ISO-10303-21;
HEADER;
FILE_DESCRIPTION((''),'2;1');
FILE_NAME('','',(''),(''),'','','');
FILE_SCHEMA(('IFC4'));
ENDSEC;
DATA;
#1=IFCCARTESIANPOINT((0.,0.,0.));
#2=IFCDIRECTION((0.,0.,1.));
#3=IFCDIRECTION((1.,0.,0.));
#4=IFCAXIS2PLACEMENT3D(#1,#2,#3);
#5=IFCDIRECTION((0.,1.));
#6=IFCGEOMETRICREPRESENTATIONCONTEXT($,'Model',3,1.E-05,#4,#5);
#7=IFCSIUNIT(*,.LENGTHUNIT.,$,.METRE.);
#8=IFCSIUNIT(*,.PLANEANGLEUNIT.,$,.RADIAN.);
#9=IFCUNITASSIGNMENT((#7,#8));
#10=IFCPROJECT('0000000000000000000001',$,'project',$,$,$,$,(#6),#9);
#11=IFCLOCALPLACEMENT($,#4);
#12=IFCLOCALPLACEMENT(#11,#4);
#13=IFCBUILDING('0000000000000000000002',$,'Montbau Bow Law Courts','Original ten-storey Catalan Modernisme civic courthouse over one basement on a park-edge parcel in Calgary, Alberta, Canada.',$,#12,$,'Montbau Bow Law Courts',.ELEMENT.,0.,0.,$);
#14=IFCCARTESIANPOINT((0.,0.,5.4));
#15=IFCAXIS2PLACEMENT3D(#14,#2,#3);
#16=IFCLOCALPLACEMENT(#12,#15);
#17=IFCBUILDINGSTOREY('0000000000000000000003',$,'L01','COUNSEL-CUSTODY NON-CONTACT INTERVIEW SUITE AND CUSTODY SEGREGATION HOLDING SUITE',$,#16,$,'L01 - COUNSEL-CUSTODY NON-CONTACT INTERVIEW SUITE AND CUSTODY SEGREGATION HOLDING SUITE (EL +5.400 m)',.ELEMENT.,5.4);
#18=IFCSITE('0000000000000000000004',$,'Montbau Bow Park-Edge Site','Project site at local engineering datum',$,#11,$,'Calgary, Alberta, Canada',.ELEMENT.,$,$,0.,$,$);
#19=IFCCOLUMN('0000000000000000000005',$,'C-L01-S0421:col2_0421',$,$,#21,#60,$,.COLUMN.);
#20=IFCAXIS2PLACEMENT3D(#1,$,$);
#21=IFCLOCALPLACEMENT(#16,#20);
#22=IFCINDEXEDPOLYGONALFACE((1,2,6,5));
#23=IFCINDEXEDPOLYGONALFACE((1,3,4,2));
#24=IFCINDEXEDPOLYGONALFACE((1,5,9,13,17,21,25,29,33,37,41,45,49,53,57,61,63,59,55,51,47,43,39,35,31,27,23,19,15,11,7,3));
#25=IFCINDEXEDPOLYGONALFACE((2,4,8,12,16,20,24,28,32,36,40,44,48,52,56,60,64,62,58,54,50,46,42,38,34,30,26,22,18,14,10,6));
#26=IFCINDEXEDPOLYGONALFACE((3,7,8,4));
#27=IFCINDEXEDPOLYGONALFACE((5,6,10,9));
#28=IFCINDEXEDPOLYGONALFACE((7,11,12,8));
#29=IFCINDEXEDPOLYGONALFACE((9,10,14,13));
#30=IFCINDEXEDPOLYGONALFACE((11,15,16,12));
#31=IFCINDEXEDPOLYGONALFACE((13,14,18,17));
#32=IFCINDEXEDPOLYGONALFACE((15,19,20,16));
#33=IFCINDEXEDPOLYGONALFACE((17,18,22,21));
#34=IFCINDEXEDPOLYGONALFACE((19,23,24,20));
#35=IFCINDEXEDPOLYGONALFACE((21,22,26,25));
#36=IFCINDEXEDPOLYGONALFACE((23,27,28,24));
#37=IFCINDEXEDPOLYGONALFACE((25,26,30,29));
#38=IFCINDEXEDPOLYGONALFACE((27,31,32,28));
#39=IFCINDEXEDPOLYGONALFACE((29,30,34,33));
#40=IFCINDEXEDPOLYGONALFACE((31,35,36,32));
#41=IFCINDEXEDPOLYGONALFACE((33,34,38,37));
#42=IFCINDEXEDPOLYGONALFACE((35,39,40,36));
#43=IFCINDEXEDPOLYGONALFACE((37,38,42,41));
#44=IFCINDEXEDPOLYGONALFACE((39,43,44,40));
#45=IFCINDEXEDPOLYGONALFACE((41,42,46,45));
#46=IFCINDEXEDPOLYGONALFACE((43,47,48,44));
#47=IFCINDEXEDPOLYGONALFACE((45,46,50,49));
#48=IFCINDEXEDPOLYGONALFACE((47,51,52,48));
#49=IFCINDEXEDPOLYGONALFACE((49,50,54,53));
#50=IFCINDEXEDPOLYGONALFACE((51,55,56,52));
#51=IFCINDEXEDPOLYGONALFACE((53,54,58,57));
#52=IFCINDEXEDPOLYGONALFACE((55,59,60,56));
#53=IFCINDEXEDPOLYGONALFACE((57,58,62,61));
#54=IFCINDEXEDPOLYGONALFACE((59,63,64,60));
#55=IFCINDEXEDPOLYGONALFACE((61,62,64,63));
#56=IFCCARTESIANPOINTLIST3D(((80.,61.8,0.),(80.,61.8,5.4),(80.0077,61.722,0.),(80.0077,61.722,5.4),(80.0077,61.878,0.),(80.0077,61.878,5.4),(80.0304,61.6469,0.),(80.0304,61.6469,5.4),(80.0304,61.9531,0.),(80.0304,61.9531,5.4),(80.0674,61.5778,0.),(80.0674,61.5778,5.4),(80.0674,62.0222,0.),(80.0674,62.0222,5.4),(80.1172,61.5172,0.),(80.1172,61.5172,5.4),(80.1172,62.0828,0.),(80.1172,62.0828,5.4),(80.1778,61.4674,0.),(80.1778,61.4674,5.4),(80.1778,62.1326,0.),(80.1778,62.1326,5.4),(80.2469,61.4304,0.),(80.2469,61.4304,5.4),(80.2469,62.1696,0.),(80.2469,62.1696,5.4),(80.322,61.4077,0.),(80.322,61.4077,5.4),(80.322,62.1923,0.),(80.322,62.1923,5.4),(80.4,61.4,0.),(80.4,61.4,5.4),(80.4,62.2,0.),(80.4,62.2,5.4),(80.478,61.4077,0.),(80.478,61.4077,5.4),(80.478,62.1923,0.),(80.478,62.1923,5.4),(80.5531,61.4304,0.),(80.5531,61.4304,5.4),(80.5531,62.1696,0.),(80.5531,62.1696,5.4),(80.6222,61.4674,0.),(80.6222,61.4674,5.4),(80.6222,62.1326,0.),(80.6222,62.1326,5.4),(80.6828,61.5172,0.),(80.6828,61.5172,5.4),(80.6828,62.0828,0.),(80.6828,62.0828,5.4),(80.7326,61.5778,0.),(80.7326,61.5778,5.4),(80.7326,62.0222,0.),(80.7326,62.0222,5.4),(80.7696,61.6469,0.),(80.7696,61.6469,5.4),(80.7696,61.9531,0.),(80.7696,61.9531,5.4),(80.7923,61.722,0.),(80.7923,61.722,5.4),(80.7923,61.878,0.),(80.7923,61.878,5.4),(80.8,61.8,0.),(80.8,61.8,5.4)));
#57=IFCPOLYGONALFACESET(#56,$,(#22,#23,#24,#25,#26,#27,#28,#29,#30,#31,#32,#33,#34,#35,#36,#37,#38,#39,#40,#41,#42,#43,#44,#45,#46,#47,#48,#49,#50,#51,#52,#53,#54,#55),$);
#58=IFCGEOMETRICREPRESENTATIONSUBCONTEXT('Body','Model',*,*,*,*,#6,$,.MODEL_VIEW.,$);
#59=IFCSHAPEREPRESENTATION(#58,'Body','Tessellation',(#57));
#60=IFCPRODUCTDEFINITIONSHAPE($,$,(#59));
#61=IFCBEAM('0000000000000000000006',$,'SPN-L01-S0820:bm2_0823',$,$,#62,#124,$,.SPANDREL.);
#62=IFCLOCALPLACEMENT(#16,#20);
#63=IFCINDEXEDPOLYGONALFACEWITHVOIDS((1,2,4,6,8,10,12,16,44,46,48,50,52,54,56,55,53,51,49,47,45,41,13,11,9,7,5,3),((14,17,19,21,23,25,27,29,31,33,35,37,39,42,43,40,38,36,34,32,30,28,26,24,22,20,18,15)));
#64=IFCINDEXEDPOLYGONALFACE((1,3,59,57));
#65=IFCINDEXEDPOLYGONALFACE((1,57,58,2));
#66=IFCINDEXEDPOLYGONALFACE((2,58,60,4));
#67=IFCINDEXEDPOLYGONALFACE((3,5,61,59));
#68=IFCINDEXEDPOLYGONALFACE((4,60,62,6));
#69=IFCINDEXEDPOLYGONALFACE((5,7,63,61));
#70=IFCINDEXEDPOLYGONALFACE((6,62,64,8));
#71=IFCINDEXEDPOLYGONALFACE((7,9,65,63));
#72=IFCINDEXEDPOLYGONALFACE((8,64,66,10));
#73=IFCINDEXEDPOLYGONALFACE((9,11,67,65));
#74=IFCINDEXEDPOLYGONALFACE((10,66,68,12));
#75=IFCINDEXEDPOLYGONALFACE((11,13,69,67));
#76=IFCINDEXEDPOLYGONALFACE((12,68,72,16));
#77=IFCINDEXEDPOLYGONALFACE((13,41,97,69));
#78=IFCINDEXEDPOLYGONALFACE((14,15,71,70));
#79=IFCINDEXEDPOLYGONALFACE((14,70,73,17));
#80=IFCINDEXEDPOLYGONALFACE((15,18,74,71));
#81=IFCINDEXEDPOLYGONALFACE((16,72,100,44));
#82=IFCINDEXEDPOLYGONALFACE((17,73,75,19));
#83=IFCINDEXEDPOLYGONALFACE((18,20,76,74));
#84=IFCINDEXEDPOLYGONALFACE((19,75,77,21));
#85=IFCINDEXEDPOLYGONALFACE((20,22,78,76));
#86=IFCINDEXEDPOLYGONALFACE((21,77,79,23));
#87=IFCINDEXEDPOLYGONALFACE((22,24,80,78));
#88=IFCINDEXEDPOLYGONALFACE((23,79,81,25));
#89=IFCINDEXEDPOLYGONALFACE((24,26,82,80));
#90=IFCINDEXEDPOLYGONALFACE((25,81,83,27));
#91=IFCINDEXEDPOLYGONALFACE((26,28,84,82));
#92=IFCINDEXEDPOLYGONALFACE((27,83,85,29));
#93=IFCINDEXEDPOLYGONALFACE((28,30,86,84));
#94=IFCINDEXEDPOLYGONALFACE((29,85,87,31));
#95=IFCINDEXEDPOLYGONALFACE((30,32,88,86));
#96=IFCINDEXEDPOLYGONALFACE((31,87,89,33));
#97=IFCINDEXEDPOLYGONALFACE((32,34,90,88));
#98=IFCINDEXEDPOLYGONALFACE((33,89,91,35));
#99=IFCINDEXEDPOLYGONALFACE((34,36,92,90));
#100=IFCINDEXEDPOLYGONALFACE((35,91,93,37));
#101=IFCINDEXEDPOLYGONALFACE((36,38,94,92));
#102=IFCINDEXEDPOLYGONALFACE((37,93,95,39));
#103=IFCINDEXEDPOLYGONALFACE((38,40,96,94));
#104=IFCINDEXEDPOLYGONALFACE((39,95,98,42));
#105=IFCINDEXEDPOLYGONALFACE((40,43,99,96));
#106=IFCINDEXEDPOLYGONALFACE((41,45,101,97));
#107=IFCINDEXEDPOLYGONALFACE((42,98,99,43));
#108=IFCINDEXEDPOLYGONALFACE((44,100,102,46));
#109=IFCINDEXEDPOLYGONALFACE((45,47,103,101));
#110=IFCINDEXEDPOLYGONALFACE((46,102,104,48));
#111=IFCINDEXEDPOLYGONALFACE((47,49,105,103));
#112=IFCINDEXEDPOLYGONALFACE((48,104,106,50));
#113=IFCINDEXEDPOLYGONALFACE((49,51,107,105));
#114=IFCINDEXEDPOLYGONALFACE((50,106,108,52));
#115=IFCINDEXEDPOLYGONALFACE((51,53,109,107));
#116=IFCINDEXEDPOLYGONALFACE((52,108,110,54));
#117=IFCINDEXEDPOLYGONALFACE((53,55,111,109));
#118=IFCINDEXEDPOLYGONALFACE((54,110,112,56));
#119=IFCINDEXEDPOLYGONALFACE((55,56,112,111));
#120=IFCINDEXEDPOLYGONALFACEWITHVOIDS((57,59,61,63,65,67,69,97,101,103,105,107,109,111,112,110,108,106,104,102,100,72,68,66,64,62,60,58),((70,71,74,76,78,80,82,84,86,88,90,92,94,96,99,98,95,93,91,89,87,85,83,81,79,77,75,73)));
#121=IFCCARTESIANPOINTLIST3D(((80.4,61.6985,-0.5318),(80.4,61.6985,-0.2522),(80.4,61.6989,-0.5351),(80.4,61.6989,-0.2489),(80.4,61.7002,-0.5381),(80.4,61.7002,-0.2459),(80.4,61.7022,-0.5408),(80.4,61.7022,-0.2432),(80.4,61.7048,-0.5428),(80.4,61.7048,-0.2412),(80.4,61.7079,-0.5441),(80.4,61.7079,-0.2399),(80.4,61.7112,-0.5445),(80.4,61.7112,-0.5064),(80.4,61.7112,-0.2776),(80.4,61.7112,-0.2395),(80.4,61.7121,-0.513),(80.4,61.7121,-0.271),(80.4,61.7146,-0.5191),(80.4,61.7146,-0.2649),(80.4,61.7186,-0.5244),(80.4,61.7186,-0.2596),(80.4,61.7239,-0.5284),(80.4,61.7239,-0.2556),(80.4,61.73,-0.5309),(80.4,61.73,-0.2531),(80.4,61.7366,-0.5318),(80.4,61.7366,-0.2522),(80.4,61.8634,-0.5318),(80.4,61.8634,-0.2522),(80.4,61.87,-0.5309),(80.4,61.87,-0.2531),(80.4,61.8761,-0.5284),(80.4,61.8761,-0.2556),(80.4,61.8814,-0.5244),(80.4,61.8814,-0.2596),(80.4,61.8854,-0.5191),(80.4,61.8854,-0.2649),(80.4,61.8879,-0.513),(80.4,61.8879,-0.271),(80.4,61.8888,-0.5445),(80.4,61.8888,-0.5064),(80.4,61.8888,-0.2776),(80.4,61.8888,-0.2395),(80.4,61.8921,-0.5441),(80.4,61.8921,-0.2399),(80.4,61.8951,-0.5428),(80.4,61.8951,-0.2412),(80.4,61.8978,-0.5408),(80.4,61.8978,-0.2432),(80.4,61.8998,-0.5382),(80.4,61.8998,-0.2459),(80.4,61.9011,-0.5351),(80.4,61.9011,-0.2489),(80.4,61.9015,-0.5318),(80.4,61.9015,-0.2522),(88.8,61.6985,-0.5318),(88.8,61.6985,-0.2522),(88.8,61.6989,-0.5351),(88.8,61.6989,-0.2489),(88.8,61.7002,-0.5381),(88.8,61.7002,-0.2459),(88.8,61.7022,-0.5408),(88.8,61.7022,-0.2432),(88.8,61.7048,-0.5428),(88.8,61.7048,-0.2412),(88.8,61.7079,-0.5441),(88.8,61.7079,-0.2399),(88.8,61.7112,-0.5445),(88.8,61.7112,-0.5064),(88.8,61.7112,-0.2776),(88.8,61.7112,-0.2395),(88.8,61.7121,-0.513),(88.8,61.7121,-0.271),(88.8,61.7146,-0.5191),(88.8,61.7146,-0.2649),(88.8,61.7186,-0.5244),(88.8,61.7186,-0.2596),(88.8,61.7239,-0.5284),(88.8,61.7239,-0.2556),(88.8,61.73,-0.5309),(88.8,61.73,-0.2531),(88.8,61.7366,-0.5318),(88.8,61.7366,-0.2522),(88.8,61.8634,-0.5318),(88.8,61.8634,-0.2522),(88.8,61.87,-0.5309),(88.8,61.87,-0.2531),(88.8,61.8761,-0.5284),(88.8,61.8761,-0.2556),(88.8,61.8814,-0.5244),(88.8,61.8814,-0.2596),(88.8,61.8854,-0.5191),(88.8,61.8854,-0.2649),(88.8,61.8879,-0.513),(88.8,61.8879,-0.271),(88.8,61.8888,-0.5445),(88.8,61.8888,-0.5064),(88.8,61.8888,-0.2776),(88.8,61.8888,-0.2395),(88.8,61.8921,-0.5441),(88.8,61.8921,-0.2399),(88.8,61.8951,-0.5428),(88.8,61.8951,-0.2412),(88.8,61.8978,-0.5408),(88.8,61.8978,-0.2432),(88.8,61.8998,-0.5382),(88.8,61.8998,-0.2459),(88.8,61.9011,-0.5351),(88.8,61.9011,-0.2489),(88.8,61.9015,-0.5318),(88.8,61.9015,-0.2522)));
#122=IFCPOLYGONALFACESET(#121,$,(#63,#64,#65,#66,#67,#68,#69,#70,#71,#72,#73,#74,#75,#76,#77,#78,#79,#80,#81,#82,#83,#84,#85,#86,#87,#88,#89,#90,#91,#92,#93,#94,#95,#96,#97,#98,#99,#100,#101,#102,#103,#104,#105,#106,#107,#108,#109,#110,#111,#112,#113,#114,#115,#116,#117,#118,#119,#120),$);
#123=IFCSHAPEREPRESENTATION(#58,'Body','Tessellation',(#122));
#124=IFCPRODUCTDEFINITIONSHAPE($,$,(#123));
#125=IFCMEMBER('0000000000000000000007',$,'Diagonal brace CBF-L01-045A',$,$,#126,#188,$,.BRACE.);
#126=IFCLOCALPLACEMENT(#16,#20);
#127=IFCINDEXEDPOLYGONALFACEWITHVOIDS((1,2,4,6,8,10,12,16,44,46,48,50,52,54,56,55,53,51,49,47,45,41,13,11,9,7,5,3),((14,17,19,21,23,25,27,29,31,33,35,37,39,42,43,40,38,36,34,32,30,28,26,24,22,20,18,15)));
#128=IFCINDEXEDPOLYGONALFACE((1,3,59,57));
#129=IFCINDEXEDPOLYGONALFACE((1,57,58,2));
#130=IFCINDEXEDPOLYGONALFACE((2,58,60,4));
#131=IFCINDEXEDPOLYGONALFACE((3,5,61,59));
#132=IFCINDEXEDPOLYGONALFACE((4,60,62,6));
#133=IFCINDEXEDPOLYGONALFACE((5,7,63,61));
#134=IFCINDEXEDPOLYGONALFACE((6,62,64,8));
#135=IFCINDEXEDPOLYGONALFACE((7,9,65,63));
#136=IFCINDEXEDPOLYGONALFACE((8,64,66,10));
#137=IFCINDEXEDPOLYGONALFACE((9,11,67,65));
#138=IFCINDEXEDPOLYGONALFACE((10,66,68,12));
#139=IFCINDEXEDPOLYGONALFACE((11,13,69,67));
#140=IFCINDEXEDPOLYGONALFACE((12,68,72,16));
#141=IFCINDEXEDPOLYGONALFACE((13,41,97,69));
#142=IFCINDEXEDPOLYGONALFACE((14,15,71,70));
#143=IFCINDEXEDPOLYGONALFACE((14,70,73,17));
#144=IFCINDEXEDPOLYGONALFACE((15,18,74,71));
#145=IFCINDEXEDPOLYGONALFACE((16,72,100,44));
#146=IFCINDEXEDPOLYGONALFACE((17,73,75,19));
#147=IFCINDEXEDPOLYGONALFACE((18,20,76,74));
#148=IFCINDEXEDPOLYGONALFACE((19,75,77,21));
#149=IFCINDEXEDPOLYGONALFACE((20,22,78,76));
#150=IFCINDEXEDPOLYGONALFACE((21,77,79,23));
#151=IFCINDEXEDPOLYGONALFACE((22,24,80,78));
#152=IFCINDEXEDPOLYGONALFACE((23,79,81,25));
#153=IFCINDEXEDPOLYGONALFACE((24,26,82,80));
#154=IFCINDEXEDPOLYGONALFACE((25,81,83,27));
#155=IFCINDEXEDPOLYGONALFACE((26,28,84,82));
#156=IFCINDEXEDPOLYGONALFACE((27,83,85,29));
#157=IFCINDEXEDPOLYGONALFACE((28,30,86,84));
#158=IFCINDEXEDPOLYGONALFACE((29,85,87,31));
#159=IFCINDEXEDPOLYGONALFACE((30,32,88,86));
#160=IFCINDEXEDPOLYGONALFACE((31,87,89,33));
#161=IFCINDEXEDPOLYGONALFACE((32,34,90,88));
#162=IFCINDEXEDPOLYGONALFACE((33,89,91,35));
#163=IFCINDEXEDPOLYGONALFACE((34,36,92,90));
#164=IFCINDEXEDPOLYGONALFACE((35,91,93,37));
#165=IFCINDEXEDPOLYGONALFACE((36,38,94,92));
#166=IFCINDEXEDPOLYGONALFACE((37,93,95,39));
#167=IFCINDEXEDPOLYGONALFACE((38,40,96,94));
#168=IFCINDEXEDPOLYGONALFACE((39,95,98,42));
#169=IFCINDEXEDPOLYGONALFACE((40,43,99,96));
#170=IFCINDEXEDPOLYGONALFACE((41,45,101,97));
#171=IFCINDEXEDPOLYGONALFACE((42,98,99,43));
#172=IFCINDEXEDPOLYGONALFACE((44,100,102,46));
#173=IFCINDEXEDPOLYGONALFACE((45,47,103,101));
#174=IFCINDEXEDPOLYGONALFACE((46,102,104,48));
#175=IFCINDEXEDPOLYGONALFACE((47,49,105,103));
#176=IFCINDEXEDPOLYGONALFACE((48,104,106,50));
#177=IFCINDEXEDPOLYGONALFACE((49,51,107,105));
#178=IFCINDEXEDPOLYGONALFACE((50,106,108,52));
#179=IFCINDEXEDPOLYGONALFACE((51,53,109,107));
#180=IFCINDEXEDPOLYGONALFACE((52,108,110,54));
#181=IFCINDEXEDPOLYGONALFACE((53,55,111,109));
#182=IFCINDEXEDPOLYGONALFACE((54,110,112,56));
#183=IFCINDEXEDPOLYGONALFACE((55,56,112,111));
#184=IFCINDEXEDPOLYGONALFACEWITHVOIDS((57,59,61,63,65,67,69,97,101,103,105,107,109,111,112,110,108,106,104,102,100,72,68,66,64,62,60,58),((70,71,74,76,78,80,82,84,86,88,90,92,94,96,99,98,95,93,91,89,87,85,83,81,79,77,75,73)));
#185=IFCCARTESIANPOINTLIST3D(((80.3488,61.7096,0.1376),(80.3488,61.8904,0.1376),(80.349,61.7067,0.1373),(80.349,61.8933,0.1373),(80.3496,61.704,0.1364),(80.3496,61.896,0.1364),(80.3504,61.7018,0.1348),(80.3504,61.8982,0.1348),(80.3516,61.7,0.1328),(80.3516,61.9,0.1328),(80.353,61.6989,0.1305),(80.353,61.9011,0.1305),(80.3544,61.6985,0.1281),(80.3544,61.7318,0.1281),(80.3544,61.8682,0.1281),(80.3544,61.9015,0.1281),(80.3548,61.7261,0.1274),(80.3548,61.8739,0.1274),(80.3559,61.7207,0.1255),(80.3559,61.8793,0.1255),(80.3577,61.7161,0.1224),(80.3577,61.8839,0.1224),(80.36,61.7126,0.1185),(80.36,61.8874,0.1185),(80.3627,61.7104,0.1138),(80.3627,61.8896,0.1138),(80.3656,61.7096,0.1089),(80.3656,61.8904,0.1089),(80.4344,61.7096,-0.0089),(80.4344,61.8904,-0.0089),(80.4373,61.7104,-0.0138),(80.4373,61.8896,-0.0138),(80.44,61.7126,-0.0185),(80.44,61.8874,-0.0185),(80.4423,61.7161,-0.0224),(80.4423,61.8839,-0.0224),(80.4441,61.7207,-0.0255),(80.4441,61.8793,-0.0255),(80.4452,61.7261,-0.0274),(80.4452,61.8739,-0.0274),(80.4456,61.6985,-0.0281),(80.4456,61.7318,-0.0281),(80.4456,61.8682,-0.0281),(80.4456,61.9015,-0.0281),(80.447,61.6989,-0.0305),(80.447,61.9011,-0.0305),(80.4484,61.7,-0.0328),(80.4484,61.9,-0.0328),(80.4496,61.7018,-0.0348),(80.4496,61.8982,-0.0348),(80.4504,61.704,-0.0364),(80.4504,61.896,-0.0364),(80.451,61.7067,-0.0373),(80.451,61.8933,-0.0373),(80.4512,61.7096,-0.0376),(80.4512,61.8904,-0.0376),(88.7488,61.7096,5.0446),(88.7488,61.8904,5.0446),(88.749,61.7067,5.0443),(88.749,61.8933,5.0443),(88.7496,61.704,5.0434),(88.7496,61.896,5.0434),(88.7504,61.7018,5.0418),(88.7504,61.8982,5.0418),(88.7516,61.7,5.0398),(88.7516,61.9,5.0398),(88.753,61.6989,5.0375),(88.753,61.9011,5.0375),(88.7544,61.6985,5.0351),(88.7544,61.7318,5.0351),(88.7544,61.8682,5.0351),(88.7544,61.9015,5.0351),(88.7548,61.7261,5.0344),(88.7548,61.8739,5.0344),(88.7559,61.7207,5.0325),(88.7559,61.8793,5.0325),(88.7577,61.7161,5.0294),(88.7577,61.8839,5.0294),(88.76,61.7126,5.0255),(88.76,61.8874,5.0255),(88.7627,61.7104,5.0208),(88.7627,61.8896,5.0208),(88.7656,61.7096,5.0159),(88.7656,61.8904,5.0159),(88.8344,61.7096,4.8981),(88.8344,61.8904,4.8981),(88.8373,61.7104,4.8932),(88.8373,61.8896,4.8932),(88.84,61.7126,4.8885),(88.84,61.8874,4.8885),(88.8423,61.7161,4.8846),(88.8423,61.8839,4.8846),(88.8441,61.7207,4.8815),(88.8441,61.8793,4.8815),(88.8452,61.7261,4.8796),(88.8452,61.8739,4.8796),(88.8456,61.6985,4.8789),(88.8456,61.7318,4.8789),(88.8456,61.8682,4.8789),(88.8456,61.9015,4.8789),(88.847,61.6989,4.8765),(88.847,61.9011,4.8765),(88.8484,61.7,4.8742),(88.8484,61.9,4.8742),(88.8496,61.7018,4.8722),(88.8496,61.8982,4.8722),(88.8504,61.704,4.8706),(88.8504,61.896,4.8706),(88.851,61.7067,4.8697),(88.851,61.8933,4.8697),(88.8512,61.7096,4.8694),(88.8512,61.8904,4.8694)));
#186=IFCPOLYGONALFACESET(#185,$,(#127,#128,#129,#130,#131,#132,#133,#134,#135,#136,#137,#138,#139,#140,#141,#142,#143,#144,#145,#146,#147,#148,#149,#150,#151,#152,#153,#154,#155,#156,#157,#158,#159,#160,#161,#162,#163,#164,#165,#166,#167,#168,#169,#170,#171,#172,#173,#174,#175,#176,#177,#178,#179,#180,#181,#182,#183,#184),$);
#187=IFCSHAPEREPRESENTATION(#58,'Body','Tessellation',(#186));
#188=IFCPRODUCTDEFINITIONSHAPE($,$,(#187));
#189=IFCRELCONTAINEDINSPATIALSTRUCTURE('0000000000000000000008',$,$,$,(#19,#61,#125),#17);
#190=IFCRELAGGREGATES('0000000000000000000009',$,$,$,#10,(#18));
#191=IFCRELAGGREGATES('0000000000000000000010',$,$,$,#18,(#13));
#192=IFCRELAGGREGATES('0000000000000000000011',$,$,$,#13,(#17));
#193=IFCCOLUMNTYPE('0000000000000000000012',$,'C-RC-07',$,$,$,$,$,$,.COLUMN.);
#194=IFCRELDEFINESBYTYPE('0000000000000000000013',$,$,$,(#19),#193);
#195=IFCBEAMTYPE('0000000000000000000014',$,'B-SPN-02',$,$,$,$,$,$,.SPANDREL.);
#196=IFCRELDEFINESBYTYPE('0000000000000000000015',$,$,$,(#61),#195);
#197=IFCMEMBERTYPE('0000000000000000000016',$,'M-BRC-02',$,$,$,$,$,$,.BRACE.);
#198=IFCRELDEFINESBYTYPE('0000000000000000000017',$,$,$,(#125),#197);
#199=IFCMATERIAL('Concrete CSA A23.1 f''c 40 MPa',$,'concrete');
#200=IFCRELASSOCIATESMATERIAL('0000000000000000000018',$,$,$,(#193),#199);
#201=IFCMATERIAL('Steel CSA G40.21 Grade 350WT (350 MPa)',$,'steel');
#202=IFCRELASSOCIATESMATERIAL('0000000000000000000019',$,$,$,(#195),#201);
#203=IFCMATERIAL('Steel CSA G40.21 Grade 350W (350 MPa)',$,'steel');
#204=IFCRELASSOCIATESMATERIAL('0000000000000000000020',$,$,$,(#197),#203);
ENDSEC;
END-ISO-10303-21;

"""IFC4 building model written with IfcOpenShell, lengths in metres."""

from ifc_helpers import new_model, si_unit, direction, frame, origin_with_axes, origin_2d_with_axis, place, context, subcontext, project, spatial, hollow_rectangle, circle, extrude, material, material_profile, profile_set, type_object, element, save


model = new_model("IFC4")

# Units and contexts
model_context = context("Model", 3, precision=1e-05, world=origin_with_axes(), true_north=direction((0.0, 1.0)))
body_context = subcontext(model_context, "Body", "Model", "MODEL_VIEW")
ifc_project = project(units=[si_unit("LENGTHUNIT", "METRE"), si_unit("PLANEANGLEUNIT", "RADIAN")], contexts=[model_context])

# Site, building, storey
site_placement = place(None, origin_with_axes())
site = spatial("IfcSite", under=ifc_project, at=site_placement, Name="Montbau Bow Park-Edge Site", Description="Project site at local engineering datum", LongName="Calgary, Alberta, Canada", CompositionType="ELEMENT", RefElevation=0.0)
building_placement = place(site_placement, origin_with_axes())
building = spatial("IfcBuilding", under=site, at=building_placement, Name="Montbau Bow Law Courts", Description="Original ten-storey Catalan Modernisme civic courthouse over one basement on a park-edge parcel in Calgary, Alberta, Canada.", LongName="Montbau Bow Law Courts", CompositionType="ELEMENT", ElevationOfRefHeight=0.0, ElevationOfTerrain=0.0)
storey_placement = place(building_placement, frame((0.0, 0.0, 5.4), z_axis=(0.0, 0.0, 1.0), x_axis=(1.0, 0.0, 0.0)))
storey = spatial("IfcBuildingStorey", under=building, at=storey_placement, Name="L01", Description="COUNSEL-CUSTODY NON-CONTACT INTERVIEW SUITE AND CUSTODY SEGREGATION HOLDING SUITE", LongName="L01 - COUNSEL-CUSTODY NON-CONTACT INTERVIEW SUITE AND CUSTODY SEGREGATION HOLDING SUITE (EL +5.400 m)", CompositionType="ELEMENT", Elevation=5.4)

# Column
ifc_material_1 = material(Name="Concrete CSA A23.1 f'c 40 MPa", Category="concrete")
ifc_material_profile_1 = material_profile(ifc_material_1, circle(Radius=0.4, at=origin_2d_with_axis()), Name="RC800D", Category="Main", Priority=0)
ifc_profile_set_1 = profile_set([ifc_material_profile_1], Name="Concrete CSA A23.1 f'c 40 MPa")
column_type = type_object("IfcColumnType", Name="C-RC-07", PredefinedType="COLUMN", material=ifc_profile_set_1)
column_placement = place(None, frame((80.4, 61.8, 5.4), z_axis=(0.0, 0.0, 1.0), x_axis=(1.0, 0.0, 0.0)))
element("IfcColumn", 1, at=column_placement, inside=storey, type_object=column_type, Name="C-L01-S0421:col2_0421", PredefinedType="COLUMN", context=body_context, shape_type="SweptSolid", body=[
    extrude(circle(Radius=0.4, at=origin_2d_with_axis()), origin_with_axes(), (0.0, 0.0, 1.0), 5.4),
])

# Beam
ifc_material_2 = material(Name="Steel CSA G40.21 Grade 350WT (350 MPa)", Category="steel")
ifc_material_profile_2 = material_profile(ifc_material_2, hollow_rectangle(XDim=0.203, YDim=0.305, WallThickness=0.0127, InnerFilletRadius=0.0254, OuterFilletRadius=0.0127, at=origin_2d_with_axis()), Name="HSS305X203X13", Category="Main", Priority=0)
ifc_profile_set_2 = profile_set([ifc_material_profile_2], Name="Steel CSA G40.21 Grade 350WT (350 MPa)")
beam_type = type_object("IfcBeamType", Name="B-SPN-02", PredefinedType="SPANDREL", material=ifc_profile_set_2)
beam_placement = place(None, frame((80.4, 61.8, 5.008), z_axis=(1.0, 0.0, 0.0), x_axis=(0.0, 1.0, 0.0)))
element("IfcBeam", 2, at=beam_placement, inside=storey, type_object=beam_type, Name="SPN-L01-S0820:bm2_0823", PredefinedType="SPANDREL", context=body_context, shape_type="SweptSolid", body=[
    extrude(hollow_rectangle(XDim=0.203, YDim=0.305, WallThickness=0.0127, InnerFilletRadius=0.0254, OuterFilletRadius=0.0127, at=origin_2d_with_axis()), origin_with_axes(), (0.0, 0.0, 1.0), 8.4),
])

# Member
ifc_material_3 = material(Name="Steel CSA G40.21 Grade 350W (350 MPa)", Category="steel")
ifc_material_profile_3 = material_profile(ifc_material_3, hollow_rectangle(XDim=0.203, YDim=0.203, WallThickness=0.0111, InnerFilletRadius=0.0222, OuterFilletRadius=0.0111, at=origin_2d_with_axis()), Name="HSS203X203X11", Category="Main", Priority=0)
ifc_profile_set_3 = profile_set([ifc_material_profile_3], Name="Steel CSA G40.21 Grade 350W (350 MPa)")
member_type_1 = type_object("IfcMemberType", Name="M-BRC-02", PredefinedType="BRACE", material=ifc_profile_set_3)
member_1_placement = place(None, frame((80.4, 61.8, 5.45), z_axis=(0.863466, 0.0, 0.504408), x_axis=(0.0, 1.0, 0.0)))
element("IfcMember", 3, at=member_1_placement, inside=storey, type_object=member_type_1, Name="Diagonal brace CBF-L01-045A", PredefinedType="BRACE", context=body_context, shape_type="SweptSolid", body=[
    extrude(hollow_rectangle(XDim=0.203, YDim=0.203, WallThickness=0.0111, InnerFilletRadius=0.0222, OuterFilletRadius=0.0111, at=origin_2d_with_axis()), origin_with_axes(), (0.0, 0.0, 1.0), 9.7282),
])

save(model, "model.ifc")
